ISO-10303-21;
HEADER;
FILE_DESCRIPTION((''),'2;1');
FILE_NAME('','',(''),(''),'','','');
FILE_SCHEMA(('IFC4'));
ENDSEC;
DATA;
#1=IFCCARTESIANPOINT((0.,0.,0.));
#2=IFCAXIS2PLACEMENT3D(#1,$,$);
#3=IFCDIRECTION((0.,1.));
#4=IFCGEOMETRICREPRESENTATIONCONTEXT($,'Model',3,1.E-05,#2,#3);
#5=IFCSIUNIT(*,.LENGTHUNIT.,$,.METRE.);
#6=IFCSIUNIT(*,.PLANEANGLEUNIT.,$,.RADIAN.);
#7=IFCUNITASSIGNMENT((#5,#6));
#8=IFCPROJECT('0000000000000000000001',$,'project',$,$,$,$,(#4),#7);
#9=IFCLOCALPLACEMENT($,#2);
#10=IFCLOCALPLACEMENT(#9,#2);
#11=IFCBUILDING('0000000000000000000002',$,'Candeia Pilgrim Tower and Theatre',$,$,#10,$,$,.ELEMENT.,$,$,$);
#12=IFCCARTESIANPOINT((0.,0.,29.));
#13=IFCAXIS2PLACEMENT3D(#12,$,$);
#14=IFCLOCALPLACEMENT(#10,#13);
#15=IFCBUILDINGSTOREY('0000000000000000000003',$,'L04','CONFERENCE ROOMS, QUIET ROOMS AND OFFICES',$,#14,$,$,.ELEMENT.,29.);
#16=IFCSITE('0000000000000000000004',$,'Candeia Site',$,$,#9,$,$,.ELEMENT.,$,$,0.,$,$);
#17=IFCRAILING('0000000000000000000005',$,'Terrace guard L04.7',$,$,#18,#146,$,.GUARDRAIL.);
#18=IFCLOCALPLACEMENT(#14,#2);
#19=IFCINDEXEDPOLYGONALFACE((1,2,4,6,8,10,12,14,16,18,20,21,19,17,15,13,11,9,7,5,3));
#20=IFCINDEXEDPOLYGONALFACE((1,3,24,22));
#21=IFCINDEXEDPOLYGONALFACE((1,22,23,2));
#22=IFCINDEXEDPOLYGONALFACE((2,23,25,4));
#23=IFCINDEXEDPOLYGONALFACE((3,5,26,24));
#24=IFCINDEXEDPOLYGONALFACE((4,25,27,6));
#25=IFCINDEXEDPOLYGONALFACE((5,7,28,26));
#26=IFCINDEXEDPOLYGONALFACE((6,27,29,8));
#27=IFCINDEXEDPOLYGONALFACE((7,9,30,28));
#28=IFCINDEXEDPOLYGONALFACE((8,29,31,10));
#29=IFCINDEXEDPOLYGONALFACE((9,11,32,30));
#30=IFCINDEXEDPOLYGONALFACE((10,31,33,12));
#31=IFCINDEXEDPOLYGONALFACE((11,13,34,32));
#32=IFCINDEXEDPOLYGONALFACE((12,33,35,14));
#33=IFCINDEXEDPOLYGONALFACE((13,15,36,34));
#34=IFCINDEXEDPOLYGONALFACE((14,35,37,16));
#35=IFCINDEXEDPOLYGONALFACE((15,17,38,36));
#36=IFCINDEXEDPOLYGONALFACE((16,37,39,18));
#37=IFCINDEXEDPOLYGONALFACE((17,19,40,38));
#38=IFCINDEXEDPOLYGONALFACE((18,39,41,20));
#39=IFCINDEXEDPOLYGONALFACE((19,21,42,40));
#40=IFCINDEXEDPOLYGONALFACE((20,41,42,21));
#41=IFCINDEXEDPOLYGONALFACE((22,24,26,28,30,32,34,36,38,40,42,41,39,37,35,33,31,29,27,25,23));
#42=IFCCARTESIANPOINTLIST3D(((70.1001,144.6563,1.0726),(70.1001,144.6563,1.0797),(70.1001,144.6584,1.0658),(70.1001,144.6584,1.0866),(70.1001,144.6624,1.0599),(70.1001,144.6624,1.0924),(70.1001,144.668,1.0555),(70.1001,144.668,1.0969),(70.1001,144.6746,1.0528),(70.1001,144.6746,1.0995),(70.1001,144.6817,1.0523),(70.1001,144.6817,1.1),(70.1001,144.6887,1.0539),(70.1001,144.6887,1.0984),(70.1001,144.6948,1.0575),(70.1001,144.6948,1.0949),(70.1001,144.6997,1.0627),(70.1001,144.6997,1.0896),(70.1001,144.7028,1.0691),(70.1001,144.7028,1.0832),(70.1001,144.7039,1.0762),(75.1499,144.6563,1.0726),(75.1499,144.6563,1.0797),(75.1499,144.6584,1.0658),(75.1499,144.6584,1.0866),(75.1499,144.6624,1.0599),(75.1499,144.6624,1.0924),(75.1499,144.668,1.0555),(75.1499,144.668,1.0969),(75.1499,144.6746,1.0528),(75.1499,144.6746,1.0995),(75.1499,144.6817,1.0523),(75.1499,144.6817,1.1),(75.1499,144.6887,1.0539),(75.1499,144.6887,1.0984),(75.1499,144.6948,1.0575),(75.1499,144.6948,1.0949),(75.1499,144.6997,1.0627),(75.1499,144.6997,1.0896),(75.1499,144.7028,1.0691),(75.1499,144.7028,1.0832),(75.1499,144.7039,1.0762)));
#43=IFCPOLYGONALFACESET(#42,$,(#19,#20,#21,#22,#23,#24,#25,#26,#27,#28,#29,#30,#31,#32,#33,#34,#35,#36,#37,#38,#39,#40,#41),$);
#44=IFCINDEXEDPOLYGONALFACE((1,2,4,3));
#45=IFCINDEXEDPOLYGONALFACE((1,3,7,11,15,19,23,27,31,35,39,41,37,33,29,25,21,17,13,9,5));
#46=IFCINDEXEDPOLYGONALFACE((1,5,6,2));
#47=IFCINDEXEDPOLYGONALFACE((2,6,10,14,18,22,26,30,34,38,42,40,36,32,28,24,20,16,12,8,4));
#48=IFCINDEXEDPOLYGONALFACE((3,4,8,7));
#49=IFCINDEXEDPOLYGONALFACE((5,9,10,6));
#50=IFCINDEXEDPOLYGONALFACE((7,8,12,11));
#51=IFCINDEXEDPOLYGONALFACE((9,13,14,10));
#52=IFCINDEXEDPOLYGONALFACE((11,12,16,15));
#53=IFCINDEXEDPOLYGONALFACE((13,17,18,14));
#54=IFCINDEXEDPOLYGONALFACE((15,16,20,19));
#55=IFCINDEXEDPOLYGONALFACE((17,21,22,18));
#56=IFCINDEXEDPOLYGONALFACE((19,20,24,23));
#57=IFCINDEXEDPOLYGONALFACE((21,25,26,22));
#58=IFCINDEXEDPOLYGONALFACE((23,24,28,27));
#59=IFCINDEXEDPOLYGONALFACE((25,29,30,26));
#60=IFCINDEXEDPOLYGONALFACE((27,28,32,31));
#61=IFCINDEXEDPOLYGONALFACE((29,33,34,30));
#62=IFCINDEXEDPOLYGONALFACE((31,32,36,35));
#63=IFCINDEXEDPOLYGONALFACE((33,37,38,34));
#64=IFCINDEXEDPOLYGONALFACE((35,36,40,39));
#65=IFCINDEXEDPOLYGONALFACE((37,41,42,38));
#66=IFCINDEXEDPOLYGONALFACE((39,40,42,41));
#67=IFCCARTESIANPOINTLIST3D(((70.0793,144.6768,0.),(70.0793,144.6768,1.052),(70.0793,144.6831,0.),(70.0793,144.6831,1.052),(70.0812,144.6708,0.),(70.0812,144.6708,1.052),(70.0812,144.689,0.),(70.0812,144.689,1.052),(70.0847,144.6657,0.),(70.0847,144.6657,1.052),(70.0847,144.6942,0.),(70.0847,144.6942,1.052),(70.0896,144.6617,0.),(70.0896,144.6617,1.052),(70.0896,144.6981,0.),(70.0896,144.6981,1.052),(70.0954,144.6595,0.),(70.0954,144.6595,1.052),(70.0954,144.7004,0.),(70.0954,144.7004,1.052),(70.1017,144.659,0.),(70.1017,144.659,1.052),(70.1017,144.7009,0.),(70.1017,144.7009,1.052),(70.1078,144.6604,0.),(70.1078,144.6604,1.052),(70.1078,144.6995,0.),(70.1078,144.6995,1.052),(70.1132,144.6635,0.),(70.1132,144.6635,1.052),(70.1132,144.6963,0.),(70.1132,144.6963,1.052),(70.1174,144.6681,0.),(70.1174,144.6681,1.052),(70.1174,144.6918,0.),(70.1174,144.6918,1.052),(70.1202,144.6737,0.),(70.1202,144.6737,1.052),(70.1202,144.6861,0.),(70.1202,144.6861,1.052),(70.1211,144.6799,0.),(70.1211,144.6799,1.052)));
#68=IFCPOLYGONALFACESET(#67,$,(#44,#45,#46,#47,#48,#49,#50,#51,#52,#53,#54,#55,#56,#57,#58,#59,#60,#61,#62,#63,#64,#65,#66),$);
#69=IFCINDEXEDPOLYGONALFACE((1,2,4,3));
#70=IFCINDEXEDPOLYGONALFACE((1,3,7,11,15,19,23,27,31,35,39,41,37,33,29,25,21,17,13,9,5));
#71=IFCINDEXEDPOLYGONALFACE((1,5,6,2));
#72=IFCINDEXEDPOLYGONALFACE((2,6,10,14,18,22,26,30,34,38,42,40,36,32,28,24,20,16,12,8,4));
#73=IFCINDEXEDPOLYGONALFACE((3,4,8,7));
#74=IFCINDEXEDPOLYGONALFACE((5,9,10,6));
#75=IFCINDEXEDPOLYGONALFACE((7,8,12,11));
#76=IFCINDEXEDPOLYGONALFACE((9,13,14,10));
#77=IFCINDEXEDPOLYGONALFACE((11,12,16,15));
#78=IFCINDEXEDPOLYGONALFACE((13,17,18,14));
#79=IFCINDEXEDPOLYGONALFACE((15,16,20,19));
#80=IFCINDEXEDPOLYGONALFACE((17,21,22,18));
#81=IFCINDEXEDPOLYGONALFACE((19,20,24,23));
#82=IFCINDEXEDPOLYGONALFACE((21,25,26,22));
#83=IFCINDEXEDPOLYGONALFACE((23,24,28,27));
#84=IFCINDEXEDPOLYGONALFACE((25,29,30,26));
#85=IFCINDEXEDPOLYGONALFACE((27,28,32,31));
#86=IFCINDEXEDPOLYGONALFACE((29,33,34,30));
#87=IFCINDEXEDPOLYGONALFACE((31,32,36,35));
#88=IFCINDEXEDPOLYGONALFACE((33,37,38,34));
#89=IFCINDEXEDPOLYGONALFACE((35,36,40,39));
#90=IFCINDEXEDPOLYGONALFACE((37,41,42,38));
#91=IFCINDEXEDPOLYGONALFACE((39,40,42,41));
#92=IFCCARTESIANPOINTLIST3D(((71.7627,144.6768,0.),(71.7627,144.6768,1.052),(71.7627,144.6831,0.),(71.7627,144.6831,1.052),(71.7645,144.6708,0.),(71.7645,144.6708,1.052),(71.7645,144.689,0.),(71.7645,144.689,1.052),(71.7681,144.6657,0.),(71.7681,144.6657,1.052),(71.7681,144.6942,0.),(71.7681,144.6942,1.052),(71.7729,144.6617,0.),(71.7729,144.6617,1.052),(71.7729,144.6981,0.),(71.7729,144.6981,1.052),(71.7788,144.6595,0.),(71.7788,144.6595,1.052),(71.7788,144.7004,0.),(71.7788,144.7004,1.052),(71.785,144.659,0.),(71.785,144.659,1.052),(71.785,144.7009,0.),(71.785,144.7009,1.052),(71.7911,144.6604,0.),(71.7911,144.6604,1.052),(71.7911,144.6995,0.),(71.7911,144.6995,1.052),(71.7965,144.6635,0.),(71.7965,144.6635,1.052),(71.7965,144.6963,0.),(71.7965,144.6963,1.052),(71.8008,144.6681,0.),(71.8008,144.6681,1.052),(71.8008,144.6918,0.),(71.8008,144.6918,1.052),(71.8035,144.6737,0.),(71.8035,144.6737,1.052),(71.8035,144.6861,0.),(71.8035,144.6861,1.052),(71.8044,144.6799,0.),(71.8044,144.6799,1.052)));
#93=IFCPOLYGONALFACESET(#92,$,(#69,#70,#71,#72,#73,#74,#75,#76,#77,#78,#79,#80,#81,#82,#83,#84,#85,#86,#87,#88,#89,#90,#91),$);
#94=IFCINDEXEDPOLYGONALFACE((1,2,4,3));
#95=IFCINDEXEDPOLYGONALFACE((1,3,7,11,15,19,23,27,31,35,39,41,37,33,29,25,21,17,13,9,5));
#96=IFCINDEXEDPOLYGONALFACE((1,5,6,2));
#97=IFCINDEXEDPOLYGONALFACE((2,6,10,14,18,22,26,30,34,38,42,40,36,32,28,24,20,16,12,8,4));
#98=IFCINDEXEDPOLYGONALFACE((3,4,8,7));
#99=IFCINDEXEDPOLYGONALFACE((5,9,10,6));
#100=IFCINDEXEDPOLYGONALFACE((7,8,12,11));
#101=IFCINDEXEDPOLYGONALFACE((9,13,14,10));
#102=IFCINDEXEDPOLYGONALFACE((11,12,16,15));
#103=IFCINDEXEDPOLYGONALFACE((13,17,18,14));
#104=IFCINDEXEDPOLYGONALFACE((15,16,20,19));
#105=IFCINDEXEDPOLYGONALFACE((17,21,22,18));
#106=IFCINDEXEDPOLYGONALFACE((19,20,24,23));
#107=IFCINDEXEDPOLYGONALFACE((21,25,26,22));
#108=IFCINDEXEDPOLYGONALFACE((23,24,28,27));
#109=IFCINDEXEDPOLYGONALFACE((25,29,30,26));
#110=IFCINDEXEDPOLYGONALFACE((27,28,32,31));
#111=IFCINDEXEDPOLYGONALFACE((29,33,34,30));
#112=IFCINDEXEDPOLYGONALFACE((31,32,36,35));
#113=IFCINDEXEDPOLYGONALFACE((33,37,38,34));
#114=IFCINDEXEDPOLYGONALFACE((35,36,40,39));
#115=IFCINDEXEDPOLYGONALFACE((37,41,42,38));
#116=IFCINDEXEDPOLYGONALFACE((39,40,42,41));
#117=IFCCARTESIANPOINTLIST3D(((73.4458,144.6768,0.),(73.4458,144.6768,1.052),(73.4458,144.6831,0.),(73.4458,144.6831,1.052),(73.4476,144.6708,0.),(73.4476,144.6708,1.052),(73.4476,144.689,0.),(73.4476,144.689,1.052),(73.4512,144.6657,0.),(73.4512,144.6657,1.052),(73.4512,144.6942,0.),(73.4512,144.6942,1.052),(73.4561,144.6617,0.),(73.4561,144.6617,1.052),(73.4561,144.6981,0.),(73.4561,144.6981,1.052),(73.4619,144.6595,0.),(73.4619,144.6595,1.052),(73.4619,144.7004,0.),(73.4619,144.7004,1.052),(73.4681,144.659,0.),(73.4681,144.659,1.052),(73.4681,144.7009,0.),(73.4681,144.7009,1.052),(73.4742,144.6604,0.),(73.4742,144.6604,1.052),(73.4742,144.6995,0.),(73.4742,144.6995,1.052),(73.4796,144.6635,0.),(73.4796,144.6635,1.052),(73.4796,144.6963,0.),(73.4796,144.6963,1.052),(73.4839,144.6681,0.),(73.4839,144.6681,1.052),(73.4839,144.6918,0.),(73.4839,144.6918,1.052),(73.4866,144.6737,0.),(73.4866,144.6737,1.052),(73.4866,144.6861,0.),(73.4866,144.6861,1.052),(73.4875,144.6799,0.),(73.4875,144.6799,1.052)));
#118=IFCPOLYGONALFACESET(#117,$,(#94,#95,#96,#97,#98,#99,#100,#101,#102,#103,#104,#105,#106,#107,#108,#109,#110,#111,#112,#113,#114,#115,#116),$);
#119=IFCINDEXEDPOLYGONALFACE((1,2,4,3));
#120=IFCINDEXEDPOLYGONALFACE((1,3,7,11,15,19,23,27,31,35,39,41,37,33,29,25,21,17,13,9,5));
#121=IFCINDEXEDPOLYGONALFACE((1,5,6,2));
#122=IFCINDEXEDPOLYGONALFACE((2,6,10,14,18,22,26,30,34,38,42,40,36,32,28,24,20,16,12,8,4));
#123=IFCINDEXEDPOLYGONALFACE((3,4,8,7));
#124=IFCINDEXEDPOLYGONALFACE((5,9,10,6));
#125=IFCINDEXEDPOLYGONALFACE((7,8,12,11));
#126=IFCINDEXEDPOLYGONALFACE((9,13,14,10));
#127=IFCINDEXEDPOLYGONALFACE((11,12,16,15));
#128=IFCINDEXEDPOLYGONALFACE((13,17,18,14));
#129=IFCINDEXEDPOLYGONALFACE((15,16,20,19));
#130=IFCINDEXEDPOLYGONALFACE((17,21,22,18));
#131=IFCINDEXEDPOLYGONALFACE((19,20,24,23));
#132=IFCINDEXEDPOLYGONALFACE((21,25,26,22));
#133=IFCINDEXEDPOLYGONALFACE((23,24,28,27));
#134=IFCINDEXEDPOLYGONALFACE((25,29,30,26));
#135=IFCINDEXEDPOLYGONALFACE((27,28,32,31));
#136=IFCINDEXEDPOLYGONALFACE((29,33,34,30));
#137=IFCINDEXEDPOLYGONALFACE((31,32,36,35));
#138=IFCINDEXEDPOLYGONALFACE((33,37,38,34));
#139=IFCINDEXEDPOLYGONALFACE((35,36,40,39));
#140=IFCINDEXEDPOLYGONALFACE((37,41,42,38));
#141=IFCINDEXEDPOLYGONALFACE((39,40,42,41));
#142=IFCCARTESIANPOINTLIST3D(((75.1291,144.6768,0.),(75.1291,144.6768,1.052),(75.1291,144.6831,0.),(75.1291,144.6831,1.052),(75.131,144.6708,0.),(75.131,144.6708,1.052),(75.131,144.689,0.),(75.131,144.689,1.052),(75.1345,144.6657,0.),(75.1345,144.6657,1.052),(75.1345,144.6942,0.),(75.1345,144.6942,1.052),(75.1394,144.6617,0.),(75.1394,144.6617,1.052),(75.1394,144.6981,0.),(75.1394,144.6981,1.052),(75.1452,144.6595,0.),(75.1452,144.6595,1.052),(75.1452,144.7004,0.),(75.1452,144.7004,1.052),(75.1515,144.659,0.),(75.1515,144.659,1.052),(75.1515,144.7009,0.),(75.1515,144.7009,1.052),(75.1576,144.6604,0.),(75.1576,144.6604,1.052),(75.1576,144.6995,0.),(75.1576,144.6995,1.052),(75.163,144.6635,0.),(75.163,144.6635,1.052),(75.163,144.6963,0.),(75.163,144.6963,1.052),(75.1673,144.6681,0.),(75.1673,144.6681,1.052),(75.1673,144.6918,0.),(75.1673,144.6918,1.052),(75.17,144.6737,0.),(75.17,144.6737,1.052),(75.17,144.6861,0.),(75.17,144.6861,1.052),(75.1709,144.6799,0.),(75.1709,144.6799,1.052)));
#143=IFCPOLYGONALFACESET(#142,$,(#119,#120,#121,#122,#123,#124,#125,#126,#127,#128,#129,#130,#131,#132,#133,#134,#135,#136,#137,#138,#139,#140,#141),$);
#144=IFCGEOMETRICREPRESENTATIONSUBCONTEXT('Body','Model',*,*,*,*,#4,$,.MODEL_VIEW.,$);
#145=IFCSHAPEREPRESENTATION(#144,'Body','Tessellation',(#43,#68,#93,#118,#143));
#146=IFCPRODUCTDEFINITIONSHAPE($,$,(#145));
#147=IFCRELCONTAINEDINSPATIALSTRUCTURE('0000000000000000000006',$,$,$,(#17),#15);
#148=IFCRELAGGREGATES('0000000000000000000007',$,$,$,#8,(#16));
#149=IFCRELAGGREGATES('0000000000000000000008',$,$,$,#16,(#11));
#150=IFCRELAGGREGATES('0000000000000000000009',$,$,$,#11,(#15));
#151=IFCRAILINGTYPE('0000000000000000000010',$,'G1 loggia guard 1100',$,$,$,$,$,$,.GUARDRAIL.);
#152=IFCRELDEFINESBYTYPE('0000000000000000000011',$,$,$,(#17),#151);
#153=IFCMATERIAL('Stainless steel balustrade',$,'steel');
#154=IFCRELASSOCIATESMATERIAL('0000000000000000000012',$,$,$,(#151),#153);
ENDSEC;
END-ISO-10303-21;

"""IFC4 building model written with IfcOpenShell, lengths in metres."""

from ifc_helpers import new_model, si_unit, direction, frame, origin, origin_2d, place, context, subcontext, project, spatial, circle, extrude, material, type_object, element, save


model = new_model("IFC4")

# Units and contexts
model_context = context("Model", 3, precision=1e-05, world=origin(), true_north=direction((0.0, 1.0)))
body_context = subcontext(model_context, "Body", "Model", "MODEL_VIEW")
ifc_project = project(units=[si_unit("LENGTHUNIT", "METRE"), si_unit("PLANEANGLEUNIT", "RADIAN")], contexts=[model_context])

# Site, building, storey
site_placement = place(None, origin())
site = spatial("IfcSite", under=ifc_project, at=site_placement, Name="Candeia Site", CompositionType="ELEMENT", RefElevation=0.0)
building_placement = place(site_placement, origin())
building = spatial("IfcBuilding", under=site, at=building_placement, Name="Candeia Pilgrim Tower and Theatre", CompositionType="ELEMENT")
storey_placement = place(building_placement, frame((0.0, 0.0, 29.0)))
storey = spatial("IfcBuildingStorey", under=building, at=storey_placement, Name="L04", Description="CONFERENCE ROOMS, QUIET ROOMS AND OFFICES", CompositionType="ELEMENT", Elevation=29.0)

# Railing
ifc_material_1 = material(Name="Stainless steel balustrade", Category="steel")
railing_type_1 = type_object("IfcRailingType", Name="G1 loggia guard 1100", PredefinedType="GUARDRAIL", material=ifc_material_1)
railing_1_placement = place(storey_placement, frame((70.1001, 144.6799, 0.0)))
element("IfcRailing", 1, at=railing_1_placement, inside=storey, type_object=railing_type_1, Name="Terrace guard L04.7", PredefinedType="GUARDRAIL", context=body_context, shape_type="SweptSolid", body=[
    extrude(circle(Radius=0.0239, at=origin_2d()), frame((0.0, 0.0, 1.0762), z_axis=(1.0, 0.0, 0.0), x_axis=(0.0, 1.0, 0.0)), (0.0, 0.0, 1.0), 5.0498),
    extrude(circle(Radius=0.021, at=origin_2d()), origin(), (0.0, 0.0, 1.0), 1.052),
    extrude(circle(Radius=0.021, at=origin_2d()), frame((1.6833, 0.0, 0.0)), (0.0, 0.0, 1.0), 1.052),
    extrude(circle(Radius=0.021, at=origin_2d()), frame((3.3665, 0.0, 0.0)), (0.0, 0.0, 1.0), 1.052),
    extrude(circle(Radius=0.021, at=origin_2d()), frame((5.0498, 0.0, 0.0)), (0.0, 0.0, 1.0), 1.052),
])

save(model, "model.ifc")
